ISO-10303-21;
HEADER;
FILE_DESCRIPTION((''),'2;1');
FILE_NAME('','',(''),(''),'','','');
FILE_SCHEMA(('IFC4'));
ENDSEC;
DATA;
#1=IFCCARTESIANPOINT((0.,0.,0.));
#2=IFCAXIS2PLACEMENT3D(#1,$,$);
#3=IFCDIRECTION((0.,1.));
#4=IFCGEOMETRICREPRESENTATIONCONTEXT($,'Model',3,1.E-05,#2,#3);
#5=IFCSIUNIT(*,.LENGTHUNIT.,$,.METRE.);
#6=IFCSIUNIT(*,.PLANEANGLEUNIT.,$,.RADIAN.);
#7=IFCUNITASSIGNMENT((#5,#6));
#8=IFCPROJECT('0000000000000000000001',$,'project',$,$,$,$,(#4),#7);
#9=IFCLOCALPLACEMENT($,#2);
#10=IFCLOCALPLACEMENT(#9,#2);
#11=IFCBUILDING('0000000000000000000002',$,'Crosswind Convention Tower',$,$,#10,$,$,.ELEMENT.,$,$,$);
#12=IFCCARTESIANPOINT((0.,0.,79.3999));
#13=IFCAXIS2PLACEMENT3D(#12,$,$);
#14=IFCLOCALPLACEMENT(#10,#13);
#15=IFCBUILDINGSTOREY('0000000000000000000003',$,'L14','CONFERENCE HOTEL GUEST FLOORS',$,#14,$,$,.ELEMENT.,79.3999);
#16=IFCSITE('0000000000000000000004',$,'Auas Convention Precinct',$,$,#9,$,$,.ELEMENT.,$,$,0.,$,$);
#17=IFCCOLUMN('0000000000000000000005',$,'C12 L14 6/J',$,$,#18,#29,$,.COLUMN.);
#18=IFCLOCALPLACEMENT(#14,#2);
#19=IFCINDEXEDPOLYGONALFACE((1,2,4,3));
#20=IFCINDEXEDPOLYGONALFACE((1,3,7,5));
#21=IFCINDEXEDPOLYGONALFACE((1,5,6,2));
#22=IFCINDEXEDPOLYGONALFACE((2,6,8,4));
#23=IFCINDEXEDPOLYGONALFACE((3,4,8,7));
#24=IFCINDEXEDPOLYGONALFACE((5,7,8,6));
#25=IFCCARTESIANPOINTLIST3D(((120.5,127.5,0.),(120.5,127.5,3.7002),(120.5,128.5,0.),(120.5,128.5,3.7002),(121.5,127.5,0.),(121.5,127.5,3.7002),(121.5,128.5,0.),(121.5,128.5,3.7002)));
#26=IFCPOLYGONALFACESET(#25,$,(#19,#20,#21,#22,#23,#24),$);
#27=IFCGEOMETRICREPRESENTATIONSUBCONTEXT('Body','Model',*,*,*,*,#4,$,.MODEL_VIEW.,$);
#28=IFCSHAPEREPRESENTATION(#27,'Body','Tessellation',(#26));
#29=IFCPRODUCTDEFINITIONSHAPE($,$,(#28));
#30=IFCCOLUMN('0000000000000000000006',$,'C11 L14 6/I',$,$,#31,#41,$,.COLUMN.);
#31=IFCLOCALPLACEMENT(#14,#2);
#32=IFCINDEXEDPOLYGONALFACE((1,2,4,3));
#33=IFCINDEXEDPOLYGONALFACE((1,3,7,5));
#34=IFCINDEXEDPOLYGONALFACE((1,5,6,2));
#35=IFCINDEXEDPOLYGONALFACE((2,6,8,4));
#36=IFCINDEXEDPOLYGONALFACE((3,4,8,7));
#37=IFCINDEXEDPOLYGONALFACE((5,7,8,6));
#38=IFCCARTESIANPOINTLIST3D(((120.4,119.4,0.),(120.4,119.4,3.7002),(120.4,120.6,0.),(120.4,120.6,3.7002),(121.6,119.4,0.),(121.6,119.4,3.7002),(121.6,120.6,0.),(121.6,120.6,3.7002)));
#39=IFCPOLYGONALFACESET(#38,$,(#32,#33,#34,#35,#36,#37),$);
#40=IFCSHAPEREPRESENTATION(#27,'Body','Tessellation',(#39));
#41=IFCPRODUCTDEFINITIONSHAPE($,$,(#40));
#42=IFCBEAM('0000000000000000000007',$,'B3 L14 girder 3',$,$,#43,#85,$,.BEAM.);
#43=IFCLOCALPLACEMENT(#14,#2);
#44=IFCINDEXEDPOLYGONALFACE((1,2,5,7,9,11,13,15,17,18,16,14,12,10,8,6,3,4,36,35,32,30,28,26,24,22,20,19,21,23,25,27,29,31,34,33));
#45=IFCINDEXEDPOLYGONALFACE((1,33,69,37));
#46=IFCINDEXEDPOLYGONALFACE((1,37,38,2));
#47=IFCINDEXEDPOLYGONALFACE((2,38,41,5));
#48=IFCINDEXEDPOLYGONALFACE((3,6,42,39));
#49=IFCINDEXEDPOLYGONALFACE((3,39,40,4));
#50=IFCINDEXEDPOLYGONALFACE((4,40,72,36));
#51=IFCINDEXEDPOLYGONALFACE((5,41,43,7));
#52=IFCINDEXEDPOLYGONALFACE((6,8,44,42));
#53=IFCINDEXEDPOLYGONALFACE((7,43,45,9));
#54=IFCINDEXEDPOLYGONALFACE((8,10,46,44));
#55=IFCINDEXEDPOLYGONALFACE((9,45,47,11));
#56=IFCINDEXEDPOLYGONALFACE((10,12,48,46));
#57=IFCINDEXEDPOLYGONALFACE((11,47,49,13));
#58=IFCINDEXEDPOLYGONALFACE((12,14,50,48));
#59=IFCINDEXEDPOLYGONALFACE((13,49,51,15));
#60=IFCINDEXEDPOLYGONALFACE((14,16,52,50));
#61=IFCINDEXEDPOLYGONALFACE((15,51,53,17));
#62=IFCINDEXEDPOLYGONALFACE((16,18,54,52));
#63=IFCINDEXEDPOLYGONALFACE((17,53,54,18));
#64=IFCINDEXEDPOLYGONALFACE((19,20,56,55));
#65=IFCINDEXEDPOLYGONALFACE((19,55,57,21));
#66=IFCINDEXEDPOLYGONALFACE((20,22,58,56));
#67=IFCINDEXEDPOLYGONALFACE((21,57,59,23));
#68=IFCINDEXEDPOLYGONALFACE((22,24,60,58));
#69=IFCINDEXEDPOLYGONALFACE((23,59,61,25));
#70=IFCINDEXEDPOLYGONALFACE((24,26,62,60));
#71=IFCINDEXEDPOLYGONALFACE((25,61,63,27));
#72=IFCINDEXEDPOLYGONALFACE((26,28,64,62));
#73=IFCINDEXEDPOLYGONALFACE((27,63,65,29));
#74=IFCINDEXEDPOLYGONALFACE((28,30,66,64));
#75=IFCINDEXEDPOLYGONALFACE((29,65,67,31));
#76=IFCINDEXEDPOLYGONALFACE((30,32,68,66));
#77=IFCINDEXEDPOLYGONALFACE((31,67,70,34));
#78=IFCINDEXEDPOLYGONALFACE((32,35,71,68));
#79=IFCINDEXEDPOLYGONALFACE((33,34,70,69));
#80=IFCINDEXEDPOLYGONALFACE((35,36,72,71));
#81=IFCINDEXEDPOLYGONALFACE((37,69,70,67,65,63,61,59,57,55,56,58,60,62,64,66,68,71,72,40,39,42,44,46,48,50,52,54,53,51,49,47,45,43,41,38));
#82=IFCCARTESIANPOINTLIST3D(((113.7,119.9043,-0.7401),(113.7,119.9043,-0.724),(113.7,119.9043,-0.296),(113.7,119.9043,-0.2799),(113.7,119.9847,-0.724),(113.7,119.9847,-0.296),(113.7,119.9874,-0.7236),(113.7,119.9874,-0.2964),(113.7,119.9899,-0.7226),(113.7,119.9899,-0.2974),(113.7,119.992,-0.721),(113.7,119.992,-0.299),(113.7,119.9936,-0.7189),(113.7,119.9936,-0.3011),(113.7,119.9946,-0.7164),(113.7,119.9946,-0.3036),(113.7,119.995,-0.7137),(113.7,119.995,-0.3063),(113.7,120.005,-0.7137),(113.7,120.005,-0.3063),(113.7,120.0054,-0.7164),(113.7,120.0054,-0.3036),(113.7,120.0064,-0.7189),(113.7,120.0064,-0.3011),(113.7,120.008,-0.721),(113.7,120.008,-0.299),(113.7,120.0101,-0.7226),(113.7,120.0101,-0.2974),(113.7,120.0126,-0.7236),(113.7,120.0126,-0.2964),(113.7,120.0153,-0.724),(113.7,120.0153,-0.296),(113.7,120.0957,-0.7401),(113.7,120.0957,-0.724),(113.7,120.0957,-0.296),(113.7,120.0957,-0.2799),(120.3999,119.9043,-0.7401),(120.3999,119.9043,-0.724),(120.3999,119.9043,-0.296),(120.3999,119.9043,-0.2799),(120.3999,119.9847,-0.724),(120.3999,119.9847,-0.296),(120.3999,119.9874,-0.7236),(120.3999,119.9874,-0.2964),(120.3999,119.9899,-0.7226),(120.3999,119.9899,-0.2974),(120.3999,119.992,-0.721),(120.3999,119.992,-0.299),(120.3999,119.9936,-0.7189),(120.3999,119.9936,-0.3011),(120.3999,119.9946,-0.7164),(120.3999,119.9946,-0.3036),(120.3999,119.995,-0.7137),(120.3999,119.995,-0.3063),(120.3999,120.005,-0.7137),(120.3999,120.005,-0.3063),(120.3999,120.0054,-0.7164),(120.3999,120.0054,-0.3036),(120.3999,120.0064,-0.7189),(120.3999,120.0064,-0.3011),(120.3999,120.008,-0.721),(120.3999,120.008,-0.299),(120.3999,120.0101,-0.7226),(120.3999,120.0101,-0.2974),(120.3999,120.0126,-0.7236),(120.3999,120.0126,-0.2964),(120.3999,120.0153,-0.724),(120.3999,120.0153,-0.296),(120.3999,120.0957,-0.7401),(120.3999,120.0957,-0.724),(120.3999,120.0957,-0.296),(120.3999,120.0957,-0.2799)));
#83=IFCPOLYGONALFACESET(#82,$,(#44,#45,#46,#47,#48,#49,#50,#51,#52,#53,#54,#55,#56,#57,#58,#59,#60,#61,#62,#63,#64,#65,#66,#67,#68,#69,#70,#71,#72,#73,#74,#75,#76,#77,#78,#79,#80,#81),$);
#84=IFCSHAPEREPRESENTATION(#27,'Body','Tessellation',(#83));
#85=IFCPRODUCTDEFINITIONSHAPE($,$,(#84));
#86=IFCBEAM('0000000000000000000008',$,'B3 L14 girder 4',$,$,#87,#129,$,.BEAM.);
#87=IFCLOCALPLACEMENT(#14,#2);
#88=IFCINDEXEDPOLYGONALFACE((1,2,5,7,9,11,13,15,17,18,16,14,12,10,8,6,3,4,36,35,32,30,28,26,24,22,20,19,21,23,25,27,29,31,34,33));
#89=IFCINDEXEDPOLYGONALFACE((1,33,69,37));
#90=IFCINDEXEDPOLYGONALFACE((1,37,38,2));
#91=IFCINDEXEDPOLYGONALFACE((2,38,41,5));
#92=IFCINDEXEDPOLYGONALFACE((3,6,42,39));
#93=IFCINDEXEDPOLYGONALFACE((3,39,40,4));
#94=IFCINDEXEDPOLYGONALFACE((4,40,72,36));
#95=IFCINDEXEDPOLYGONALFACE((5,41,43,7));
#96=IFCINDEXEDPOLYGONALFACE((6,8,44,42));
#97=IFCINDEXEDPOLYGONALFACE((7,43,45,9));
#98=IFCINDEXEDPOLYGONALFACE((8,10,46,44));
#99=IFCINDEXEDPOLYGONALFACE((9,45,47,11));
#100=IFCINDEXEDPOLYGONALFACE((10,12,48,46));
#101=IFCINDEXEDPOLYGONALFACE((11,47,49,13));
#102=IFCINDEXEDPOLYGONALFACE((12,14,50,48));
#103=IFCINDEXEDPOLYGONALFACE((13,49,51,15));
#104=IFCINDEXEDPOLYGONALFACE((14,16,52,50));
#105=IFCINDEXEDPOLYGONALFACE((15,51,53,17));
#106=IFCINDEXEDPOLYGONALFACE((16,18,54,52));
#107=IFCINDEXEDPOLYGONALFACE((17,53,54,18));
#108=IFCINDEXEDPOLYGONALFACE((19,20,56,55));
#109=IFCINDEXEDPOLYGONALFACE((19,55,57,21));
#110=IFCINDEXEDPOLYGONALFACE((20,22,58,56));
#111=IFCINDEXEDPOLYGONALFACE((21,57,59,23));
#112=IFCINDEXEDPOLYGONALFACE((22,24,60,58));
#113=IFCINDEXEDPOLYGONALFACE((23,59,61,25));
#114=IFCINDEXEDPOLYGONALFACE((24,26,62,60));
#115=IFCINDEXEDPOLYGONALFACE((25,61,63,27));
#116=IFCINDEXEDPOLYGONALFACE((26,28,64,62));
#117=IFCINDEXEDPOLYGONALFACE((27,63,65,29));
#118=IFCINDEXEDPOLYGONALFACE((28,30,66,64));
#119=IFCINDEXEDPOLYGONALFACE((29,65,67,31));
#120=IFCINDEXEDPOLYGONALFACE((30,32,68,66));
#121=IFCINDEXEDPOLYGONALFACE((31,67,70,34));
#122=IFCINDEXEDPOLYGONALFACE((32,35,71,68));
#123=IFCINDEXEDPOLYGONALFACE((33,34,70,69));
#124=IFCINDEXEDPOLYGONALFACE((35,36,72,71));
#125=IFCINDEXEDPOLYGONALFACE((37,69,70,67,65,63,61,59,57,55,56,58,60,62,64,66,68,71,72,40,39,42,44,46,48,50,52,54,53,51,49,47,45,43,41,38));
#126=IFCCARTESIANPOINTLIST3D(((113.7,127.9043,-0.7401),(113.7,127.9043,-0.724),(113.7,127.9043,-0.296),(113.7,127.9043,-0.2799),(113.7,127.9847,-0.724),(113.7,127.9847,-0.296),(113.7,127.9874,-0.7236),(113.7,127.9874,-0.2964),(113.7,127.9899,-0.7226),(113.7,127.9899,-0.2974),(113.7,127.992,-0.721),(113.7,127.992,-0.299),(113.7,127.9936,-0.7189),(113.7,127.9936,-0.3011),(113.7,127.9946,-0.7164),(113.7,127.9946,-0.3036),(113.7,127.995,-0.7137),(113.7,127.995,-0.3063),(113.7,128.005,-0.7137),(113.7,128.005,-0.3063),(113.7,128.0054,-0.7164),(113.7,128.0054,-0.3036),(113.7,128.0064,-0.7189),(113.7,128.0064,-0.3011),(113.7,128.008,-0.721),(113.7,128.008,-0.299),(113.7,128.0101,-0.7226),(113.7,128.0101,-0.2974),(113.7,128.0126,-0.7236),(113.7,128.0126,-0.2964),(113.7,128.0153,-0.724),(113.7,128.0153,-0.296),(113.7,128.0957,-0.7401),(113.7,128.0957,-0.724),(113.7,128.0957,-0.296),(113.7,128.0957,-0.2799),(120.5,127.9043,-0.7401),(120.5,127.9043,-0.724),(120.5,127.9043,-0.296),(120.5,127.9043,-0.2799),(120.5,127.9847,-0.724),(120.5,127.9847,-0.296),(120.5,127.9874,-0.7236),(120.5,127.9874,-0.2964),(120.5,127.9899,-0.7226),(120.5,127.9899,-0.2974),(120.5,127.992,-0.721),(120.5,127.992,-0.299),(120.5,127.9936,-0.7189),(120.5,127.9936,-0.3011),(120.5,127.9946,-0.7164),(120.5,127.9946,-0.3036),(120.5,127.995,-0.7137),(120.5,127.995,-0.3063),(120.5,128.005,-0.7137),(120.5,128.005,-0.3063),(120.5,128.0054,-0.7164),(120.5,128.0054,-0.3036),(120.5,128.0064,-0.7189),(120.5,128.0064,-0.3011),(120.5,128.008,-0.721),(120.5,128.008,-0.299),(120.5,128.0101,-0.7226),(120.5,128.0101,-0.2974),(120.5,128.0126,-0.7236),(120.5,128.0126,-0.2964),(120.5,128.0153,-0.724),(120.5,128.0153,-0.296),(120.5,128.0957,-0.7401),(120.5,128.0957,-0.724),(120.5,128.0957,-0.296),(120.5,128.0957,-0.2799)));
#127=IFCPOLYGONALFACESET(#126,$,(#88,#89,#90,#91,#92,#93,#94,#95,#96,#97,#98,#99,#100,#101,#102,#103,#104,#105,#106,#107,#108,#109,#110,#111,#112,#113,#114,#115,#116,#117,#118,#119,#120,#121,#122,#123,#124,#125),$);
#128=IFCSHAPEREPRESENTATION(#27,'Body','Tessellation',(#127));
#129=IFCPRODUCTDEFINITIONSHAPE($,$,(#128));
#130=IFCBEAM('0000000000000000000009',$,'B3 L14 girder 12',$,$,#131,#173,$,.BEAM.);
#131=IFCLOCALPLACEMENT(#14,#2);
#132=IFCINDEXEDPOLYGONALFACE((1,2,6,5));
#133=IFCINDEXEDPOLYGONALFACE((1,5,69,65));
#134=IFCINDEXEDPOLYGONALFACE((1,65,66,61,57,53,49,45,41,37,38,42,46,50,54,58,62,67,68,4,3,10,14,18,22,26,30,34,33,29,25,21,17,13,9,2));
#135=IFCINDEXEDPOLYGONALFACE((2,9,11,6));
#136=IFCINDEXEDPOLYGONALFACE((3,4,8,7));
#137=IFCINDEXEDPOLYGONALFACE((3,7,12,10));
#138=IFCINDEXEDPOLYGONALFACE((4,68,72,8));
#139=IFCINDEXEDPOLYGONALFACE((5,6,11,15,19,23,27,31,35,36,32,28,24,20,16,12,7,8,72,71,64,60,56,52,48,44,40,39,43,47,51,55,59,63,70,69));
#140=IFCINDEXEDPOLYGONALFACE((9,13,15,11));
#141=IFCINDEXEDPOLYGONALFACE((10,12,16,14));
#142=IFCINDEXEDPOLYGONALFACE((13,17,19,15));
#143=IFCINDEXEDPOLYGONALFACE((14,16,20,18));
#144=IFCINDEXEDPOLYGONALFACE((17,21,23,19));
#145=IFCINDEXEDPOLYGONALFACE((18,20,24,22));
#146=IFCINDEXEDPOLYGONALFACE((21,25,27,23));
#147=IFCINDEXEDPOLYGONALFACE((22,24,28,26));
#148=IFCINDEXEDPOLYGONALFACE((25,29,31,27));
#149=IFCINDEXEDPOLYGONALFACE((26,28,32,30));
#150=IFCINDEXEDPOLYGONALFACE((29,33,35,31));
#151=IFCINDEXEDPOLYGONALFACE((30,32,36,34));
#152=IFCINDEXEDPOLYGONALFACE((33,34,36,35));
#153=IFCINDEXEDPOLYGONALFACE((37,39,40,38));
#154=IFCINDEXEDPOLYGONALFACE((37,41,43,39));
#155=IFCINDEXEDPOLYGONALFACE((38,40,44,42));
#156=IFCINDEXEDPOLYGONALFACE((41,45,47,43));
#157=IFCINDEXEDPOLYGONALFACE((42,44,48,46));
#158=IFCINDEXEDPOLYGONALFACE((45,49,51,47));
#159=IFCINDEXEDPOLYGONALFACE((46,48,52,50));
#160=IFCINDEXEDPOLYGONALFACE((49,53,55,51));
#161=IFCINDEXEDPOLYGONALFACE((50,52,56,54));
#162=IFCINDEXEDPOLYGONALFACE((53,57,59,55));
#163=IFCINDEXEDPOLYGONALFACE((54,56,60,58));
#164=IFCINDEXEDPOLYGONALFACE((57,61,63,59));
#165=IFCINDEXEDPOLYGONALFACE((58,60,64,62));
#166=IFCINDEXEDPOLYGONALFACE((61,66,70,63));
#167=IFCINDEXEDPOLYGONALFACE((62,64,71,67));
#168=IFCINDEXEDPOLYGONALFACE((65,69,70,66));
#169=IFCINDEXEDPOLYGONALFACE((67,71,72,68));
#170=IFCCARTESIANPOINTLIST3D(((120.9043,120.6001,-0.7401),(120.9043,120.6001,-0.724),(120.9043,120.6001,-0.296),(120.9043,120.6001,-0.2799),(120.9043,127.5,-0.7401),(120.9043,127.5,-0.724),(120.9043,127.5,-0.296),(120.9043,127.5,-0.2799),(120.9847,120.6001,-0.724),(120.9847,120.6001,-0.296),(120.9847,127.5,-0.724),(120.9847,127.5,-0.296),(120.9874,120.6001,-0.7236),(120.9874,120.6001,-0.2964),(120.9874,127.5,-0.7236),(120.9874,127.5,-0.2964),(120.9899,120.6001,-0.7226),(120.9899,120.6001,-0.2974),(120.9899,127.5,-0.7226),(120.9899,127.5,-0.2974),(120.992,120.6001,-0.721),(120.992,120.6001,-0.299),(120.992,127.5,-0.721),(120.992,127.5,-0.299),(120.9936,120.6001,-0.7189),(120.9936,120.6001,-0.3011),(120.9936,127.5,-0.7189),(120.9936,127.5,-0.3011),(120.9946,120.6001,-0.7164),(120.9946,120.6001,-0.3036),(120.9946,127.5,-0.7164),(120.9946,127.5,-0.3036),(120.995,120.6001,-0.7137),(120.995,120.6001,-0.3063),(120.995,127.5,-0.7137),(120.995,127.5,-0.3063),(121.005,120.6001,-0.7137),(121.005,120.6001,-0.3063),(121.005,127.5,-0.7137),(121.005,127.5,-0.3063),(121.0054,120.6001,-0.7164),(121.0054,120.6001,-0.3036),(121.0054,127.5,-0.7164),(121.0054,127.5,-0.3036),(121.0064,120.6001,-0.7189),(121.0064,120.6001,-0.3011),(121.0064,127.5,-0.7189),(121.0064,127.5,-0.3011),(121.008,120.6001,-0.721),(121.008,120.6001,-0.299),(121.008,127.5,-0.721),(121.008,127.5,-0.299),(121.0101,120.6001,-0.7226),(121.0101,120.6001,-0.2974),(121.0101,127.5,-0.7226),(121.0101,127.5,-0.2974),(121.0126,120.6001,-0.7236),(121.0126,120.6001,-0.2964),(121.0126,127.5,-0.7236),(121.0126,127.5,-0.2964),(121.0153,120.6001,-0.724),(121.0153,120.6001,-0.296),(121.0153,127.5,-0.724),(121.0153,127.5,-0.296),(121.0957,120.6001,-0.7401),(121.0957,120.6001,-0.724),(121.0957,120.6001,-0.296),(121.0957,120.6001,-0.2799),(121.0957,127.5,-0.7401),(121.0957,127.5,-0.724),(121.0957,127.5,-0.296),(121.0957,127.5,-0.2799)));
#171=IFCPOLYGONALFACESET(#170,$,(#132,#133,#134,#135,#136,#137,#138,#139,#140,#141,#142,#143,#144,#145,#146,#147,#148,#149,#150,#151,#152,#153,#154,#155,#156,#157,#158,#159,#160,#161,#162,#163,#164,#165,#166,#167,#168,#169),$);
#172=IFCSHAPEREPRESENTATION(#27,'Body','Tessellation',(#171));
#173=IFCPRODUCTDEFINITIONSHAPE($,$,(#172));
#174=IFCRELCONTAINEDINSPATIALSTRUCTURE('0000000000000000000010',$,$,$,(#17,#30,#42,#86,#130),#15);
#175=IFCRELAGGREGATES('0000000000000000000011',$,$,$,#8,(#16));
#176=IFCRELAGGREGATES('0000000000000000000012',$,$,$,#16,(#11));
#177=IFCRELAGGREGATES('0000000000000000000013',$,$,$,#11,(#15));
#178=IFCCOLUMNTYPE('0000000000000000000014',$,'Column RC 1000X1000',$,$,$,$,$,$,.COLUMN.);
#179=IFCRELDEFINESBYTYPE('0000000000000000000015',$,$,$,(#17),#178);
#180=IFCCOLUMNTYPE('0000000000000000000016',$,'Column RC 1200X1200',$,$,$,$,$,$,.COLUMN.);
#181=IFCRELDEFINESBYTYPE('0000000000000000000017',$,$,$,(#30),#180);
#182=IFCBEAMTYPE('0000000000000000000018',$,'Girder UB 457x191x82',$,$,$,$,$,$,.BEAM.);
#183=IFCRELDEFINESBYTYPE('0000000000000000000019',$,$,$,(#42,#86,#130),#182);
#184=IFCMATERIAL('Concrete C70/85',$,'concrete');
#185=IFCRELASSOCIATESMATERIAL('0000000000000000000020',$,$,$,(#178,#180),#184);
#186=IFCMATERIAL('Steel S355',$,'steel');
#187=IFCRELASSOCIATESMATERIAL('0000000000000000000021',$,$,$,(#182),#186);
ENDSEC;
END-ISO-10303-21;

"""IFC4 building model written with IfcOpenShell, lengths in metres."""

from ifc_helpers import new_model, si_unit, direction, frame, origin, origin_2d, place, context, subcontext, project, spatial, rectangle, i_section, extrude, material, material_profile, profile_set, type_object, element, save


model = new_model("IFC4")

# Units and contexts
model_context = context("Model", 3, precision=1e-05, world=origin(), true_north=direction((0.0, 1.0)))
body_context = subcontext(model_context, "Body", "Model", "MODEL_VIEW")
ifc_project = project(units=[si_unit("LENGTHUNIT", "METRE"), si_unit("PLANEANGLEUNIT", "RADIAN")], contexts=[model_context])

# Site, building, storey
site_placement = place(None, origin())
site = spatial("IfcSite", under=ifc_project, at=site_placement, Name="Auas Convention Precinct", CompositionType="ELEMENT", RefElevation=0.0)
building_placement = place(site_placement, origin())
building = spatial("IfcBuilding", under=site, at=building_placement, Name="Crosswind Convention Tower", CompositionType="ELEMENT")
storey_placement = place(building_placement, frame((0.0, 0.0, 79.3999)))
storey = spatial("IfcBuildingStorey", under=building, at=storey_placement, Name="L14", Description="CONFERENCE HOTEL GUEST FLOORS", CompositionType="ELEMENT", Elevation=79.3999)

# Columns
ifc_material_1 = material(Name="Concrete C70/85", Category="concrete")
ifc_material_profile_1 = material_profile(ifc_material_1, rectangle(XDim=1.0, YDim=1.0, at=origin_2d()), Name="RC 1000X1000")
ifc_profile_set_1 = profile_set([ifc_material_profile_1], Name="Concrete C70/85")
column_type_1 = type_object("IfcColumnType", Name="Column RC 1000X1000", PredefinedType="COLUMN", material=ifc_profile_set_1)
column_1_placement = place(storey_placement, frame((121.0, 128.0, 0.0), z_axis=(0.0, 0.0, 1.0), x_axis=(1.0, 0.0, 0.0)))
element("IfcColumn", 1, at=column_1_placement, inside=storey, type_object=column_type_1, Name="C12 L14 6/J", PredefinedType="COLUMN", context=body_context, shape_type="SweptSolid", body=[
    extrude(rectangle(XDim=1.0, YDim=1.0, at=origin_2d()), origin(), (0.0, 0.0, 1.0), 3.7002),
])
ifc_material_profile_2 = material_profile(ifc_material_1, rectangle(XDim=1.2, YDim=1.2, at=origin_2d()), Name="RC 1200X1200")
ifc_profile_set_2 = profile_set([ifc_material_profile_2], Name="Concrete C70/85")
column_type_2 = type_object("IfcColumnType", Name="Column RC 1200X1200", PredefinedType="COLUMN", material=ifc_profile_set_2)
column_2_placement = place(storey_placement, frame((121.0, 120.0, 0.0), z_axis=(0.0, 0.0, 1.0), x_axis=(1.0, 0.0, 0.0)))
element("IfcColumn", 2, at=column_2_placement, inside=storey, type_object=column_type_2, Name="C11 L14 6/I", PredefinedType="COLUMN", context=body_context, shape_type="SweptSolid", body=[
    extrude(rectangle(XDim=1.2, YDim=1.2, at=origin_2d()), origin(), (0.0, 0.0, 1.0), 3.7002),
])

# Beams
ifc_material_2 = material(Name="Steel S355", Category="steel")
ifc_material_profile_3 = material_profile(ifc_material_2, i_section(OverallWidth=0.1914, OverallDepth=0.4602, WebThickness=0.01, FlangeThickness=0.0161, FilletRadius=0.0103, at=origin_2d()), Name="UB 457x191x82")
ifc_profile_set_3 = profile_set([ifc_material_profile_3], Name="Steel S355")
beam_type_1 = type_object("IfcBeamType", Name="Girder UB 457x191x82", PredefinedType="BEAM", material=ifc_profile_set_3)
beam_1_placement = place(storey_placement, frame((113.7, 120.0, -0.51), z_axis=(1.0, 0.0, 0.0), x_axis=(0.0, 1.0, 0.0)))
element("IfcBeam", 3, at=beam_1_placement, inside=storey, type_object=beam_type_1, Name="B3 L14 girder 3", PredefinedType="BEAM", context=body_context, shape_type="SweptSolid", body=[
    extrude(i_section(OverallWidth=0.1914, OverallDepth=0.4602, WebThickness=0.01, FlangeThickness=0.0161, FilletRadius=0.0103, at=origin_2d()), origin(), (0.0, 0.0, 1.0), 6.7),
])
beam_2_placement = place(storey_placement, frame((113.7, 128.0, -0.51), z_axis=(1.0, 0.0, 0.0), x_axis=(0.0, 1.0, 0.0)))
element("IfcBeam", 4, at=beam_2_placement, inside=storey, type_object=beam_type_1, Name="B3 L14 girder 4", PredefinedType="BEAM", context=body_context, shape_type="SweptSolid", body=[
    extrude(i_section(OverallWidth=0.1914, OverallDepth=0.4602, WebThickness=0.01, FlangeThickness=0.0161, FilletRadius=0.0103, at=origin_2d()), origin(), (0.0, 0.0, 1.0), 6.8),
])
beam_3_placement = place(storey_placement, frame((121.0, 120.6001, -0.51), z_axis=(0.0, 1.0, 0.0), x_axis=(-1.0, 0.0, 0.0)))
element("IfcBeam", 5, at=beam_3_placement, inside=storey, type_object=beam_type_1, Name="B3 L14 girder 12", PredefinedType="BEAM", context=body_context, shape_type="SweptSolid", body=[
    extrude(i_section(OverallWidth=0.1914, OverallDepth=0.4602, WebThickness=0.01, FlangeThickness=0.0161, FilletRadius=0.0103, at=origin_2d()), origin(), (0.0, 0.0, 1.0), 6.8999),
])

save(model, "model.ifc")
